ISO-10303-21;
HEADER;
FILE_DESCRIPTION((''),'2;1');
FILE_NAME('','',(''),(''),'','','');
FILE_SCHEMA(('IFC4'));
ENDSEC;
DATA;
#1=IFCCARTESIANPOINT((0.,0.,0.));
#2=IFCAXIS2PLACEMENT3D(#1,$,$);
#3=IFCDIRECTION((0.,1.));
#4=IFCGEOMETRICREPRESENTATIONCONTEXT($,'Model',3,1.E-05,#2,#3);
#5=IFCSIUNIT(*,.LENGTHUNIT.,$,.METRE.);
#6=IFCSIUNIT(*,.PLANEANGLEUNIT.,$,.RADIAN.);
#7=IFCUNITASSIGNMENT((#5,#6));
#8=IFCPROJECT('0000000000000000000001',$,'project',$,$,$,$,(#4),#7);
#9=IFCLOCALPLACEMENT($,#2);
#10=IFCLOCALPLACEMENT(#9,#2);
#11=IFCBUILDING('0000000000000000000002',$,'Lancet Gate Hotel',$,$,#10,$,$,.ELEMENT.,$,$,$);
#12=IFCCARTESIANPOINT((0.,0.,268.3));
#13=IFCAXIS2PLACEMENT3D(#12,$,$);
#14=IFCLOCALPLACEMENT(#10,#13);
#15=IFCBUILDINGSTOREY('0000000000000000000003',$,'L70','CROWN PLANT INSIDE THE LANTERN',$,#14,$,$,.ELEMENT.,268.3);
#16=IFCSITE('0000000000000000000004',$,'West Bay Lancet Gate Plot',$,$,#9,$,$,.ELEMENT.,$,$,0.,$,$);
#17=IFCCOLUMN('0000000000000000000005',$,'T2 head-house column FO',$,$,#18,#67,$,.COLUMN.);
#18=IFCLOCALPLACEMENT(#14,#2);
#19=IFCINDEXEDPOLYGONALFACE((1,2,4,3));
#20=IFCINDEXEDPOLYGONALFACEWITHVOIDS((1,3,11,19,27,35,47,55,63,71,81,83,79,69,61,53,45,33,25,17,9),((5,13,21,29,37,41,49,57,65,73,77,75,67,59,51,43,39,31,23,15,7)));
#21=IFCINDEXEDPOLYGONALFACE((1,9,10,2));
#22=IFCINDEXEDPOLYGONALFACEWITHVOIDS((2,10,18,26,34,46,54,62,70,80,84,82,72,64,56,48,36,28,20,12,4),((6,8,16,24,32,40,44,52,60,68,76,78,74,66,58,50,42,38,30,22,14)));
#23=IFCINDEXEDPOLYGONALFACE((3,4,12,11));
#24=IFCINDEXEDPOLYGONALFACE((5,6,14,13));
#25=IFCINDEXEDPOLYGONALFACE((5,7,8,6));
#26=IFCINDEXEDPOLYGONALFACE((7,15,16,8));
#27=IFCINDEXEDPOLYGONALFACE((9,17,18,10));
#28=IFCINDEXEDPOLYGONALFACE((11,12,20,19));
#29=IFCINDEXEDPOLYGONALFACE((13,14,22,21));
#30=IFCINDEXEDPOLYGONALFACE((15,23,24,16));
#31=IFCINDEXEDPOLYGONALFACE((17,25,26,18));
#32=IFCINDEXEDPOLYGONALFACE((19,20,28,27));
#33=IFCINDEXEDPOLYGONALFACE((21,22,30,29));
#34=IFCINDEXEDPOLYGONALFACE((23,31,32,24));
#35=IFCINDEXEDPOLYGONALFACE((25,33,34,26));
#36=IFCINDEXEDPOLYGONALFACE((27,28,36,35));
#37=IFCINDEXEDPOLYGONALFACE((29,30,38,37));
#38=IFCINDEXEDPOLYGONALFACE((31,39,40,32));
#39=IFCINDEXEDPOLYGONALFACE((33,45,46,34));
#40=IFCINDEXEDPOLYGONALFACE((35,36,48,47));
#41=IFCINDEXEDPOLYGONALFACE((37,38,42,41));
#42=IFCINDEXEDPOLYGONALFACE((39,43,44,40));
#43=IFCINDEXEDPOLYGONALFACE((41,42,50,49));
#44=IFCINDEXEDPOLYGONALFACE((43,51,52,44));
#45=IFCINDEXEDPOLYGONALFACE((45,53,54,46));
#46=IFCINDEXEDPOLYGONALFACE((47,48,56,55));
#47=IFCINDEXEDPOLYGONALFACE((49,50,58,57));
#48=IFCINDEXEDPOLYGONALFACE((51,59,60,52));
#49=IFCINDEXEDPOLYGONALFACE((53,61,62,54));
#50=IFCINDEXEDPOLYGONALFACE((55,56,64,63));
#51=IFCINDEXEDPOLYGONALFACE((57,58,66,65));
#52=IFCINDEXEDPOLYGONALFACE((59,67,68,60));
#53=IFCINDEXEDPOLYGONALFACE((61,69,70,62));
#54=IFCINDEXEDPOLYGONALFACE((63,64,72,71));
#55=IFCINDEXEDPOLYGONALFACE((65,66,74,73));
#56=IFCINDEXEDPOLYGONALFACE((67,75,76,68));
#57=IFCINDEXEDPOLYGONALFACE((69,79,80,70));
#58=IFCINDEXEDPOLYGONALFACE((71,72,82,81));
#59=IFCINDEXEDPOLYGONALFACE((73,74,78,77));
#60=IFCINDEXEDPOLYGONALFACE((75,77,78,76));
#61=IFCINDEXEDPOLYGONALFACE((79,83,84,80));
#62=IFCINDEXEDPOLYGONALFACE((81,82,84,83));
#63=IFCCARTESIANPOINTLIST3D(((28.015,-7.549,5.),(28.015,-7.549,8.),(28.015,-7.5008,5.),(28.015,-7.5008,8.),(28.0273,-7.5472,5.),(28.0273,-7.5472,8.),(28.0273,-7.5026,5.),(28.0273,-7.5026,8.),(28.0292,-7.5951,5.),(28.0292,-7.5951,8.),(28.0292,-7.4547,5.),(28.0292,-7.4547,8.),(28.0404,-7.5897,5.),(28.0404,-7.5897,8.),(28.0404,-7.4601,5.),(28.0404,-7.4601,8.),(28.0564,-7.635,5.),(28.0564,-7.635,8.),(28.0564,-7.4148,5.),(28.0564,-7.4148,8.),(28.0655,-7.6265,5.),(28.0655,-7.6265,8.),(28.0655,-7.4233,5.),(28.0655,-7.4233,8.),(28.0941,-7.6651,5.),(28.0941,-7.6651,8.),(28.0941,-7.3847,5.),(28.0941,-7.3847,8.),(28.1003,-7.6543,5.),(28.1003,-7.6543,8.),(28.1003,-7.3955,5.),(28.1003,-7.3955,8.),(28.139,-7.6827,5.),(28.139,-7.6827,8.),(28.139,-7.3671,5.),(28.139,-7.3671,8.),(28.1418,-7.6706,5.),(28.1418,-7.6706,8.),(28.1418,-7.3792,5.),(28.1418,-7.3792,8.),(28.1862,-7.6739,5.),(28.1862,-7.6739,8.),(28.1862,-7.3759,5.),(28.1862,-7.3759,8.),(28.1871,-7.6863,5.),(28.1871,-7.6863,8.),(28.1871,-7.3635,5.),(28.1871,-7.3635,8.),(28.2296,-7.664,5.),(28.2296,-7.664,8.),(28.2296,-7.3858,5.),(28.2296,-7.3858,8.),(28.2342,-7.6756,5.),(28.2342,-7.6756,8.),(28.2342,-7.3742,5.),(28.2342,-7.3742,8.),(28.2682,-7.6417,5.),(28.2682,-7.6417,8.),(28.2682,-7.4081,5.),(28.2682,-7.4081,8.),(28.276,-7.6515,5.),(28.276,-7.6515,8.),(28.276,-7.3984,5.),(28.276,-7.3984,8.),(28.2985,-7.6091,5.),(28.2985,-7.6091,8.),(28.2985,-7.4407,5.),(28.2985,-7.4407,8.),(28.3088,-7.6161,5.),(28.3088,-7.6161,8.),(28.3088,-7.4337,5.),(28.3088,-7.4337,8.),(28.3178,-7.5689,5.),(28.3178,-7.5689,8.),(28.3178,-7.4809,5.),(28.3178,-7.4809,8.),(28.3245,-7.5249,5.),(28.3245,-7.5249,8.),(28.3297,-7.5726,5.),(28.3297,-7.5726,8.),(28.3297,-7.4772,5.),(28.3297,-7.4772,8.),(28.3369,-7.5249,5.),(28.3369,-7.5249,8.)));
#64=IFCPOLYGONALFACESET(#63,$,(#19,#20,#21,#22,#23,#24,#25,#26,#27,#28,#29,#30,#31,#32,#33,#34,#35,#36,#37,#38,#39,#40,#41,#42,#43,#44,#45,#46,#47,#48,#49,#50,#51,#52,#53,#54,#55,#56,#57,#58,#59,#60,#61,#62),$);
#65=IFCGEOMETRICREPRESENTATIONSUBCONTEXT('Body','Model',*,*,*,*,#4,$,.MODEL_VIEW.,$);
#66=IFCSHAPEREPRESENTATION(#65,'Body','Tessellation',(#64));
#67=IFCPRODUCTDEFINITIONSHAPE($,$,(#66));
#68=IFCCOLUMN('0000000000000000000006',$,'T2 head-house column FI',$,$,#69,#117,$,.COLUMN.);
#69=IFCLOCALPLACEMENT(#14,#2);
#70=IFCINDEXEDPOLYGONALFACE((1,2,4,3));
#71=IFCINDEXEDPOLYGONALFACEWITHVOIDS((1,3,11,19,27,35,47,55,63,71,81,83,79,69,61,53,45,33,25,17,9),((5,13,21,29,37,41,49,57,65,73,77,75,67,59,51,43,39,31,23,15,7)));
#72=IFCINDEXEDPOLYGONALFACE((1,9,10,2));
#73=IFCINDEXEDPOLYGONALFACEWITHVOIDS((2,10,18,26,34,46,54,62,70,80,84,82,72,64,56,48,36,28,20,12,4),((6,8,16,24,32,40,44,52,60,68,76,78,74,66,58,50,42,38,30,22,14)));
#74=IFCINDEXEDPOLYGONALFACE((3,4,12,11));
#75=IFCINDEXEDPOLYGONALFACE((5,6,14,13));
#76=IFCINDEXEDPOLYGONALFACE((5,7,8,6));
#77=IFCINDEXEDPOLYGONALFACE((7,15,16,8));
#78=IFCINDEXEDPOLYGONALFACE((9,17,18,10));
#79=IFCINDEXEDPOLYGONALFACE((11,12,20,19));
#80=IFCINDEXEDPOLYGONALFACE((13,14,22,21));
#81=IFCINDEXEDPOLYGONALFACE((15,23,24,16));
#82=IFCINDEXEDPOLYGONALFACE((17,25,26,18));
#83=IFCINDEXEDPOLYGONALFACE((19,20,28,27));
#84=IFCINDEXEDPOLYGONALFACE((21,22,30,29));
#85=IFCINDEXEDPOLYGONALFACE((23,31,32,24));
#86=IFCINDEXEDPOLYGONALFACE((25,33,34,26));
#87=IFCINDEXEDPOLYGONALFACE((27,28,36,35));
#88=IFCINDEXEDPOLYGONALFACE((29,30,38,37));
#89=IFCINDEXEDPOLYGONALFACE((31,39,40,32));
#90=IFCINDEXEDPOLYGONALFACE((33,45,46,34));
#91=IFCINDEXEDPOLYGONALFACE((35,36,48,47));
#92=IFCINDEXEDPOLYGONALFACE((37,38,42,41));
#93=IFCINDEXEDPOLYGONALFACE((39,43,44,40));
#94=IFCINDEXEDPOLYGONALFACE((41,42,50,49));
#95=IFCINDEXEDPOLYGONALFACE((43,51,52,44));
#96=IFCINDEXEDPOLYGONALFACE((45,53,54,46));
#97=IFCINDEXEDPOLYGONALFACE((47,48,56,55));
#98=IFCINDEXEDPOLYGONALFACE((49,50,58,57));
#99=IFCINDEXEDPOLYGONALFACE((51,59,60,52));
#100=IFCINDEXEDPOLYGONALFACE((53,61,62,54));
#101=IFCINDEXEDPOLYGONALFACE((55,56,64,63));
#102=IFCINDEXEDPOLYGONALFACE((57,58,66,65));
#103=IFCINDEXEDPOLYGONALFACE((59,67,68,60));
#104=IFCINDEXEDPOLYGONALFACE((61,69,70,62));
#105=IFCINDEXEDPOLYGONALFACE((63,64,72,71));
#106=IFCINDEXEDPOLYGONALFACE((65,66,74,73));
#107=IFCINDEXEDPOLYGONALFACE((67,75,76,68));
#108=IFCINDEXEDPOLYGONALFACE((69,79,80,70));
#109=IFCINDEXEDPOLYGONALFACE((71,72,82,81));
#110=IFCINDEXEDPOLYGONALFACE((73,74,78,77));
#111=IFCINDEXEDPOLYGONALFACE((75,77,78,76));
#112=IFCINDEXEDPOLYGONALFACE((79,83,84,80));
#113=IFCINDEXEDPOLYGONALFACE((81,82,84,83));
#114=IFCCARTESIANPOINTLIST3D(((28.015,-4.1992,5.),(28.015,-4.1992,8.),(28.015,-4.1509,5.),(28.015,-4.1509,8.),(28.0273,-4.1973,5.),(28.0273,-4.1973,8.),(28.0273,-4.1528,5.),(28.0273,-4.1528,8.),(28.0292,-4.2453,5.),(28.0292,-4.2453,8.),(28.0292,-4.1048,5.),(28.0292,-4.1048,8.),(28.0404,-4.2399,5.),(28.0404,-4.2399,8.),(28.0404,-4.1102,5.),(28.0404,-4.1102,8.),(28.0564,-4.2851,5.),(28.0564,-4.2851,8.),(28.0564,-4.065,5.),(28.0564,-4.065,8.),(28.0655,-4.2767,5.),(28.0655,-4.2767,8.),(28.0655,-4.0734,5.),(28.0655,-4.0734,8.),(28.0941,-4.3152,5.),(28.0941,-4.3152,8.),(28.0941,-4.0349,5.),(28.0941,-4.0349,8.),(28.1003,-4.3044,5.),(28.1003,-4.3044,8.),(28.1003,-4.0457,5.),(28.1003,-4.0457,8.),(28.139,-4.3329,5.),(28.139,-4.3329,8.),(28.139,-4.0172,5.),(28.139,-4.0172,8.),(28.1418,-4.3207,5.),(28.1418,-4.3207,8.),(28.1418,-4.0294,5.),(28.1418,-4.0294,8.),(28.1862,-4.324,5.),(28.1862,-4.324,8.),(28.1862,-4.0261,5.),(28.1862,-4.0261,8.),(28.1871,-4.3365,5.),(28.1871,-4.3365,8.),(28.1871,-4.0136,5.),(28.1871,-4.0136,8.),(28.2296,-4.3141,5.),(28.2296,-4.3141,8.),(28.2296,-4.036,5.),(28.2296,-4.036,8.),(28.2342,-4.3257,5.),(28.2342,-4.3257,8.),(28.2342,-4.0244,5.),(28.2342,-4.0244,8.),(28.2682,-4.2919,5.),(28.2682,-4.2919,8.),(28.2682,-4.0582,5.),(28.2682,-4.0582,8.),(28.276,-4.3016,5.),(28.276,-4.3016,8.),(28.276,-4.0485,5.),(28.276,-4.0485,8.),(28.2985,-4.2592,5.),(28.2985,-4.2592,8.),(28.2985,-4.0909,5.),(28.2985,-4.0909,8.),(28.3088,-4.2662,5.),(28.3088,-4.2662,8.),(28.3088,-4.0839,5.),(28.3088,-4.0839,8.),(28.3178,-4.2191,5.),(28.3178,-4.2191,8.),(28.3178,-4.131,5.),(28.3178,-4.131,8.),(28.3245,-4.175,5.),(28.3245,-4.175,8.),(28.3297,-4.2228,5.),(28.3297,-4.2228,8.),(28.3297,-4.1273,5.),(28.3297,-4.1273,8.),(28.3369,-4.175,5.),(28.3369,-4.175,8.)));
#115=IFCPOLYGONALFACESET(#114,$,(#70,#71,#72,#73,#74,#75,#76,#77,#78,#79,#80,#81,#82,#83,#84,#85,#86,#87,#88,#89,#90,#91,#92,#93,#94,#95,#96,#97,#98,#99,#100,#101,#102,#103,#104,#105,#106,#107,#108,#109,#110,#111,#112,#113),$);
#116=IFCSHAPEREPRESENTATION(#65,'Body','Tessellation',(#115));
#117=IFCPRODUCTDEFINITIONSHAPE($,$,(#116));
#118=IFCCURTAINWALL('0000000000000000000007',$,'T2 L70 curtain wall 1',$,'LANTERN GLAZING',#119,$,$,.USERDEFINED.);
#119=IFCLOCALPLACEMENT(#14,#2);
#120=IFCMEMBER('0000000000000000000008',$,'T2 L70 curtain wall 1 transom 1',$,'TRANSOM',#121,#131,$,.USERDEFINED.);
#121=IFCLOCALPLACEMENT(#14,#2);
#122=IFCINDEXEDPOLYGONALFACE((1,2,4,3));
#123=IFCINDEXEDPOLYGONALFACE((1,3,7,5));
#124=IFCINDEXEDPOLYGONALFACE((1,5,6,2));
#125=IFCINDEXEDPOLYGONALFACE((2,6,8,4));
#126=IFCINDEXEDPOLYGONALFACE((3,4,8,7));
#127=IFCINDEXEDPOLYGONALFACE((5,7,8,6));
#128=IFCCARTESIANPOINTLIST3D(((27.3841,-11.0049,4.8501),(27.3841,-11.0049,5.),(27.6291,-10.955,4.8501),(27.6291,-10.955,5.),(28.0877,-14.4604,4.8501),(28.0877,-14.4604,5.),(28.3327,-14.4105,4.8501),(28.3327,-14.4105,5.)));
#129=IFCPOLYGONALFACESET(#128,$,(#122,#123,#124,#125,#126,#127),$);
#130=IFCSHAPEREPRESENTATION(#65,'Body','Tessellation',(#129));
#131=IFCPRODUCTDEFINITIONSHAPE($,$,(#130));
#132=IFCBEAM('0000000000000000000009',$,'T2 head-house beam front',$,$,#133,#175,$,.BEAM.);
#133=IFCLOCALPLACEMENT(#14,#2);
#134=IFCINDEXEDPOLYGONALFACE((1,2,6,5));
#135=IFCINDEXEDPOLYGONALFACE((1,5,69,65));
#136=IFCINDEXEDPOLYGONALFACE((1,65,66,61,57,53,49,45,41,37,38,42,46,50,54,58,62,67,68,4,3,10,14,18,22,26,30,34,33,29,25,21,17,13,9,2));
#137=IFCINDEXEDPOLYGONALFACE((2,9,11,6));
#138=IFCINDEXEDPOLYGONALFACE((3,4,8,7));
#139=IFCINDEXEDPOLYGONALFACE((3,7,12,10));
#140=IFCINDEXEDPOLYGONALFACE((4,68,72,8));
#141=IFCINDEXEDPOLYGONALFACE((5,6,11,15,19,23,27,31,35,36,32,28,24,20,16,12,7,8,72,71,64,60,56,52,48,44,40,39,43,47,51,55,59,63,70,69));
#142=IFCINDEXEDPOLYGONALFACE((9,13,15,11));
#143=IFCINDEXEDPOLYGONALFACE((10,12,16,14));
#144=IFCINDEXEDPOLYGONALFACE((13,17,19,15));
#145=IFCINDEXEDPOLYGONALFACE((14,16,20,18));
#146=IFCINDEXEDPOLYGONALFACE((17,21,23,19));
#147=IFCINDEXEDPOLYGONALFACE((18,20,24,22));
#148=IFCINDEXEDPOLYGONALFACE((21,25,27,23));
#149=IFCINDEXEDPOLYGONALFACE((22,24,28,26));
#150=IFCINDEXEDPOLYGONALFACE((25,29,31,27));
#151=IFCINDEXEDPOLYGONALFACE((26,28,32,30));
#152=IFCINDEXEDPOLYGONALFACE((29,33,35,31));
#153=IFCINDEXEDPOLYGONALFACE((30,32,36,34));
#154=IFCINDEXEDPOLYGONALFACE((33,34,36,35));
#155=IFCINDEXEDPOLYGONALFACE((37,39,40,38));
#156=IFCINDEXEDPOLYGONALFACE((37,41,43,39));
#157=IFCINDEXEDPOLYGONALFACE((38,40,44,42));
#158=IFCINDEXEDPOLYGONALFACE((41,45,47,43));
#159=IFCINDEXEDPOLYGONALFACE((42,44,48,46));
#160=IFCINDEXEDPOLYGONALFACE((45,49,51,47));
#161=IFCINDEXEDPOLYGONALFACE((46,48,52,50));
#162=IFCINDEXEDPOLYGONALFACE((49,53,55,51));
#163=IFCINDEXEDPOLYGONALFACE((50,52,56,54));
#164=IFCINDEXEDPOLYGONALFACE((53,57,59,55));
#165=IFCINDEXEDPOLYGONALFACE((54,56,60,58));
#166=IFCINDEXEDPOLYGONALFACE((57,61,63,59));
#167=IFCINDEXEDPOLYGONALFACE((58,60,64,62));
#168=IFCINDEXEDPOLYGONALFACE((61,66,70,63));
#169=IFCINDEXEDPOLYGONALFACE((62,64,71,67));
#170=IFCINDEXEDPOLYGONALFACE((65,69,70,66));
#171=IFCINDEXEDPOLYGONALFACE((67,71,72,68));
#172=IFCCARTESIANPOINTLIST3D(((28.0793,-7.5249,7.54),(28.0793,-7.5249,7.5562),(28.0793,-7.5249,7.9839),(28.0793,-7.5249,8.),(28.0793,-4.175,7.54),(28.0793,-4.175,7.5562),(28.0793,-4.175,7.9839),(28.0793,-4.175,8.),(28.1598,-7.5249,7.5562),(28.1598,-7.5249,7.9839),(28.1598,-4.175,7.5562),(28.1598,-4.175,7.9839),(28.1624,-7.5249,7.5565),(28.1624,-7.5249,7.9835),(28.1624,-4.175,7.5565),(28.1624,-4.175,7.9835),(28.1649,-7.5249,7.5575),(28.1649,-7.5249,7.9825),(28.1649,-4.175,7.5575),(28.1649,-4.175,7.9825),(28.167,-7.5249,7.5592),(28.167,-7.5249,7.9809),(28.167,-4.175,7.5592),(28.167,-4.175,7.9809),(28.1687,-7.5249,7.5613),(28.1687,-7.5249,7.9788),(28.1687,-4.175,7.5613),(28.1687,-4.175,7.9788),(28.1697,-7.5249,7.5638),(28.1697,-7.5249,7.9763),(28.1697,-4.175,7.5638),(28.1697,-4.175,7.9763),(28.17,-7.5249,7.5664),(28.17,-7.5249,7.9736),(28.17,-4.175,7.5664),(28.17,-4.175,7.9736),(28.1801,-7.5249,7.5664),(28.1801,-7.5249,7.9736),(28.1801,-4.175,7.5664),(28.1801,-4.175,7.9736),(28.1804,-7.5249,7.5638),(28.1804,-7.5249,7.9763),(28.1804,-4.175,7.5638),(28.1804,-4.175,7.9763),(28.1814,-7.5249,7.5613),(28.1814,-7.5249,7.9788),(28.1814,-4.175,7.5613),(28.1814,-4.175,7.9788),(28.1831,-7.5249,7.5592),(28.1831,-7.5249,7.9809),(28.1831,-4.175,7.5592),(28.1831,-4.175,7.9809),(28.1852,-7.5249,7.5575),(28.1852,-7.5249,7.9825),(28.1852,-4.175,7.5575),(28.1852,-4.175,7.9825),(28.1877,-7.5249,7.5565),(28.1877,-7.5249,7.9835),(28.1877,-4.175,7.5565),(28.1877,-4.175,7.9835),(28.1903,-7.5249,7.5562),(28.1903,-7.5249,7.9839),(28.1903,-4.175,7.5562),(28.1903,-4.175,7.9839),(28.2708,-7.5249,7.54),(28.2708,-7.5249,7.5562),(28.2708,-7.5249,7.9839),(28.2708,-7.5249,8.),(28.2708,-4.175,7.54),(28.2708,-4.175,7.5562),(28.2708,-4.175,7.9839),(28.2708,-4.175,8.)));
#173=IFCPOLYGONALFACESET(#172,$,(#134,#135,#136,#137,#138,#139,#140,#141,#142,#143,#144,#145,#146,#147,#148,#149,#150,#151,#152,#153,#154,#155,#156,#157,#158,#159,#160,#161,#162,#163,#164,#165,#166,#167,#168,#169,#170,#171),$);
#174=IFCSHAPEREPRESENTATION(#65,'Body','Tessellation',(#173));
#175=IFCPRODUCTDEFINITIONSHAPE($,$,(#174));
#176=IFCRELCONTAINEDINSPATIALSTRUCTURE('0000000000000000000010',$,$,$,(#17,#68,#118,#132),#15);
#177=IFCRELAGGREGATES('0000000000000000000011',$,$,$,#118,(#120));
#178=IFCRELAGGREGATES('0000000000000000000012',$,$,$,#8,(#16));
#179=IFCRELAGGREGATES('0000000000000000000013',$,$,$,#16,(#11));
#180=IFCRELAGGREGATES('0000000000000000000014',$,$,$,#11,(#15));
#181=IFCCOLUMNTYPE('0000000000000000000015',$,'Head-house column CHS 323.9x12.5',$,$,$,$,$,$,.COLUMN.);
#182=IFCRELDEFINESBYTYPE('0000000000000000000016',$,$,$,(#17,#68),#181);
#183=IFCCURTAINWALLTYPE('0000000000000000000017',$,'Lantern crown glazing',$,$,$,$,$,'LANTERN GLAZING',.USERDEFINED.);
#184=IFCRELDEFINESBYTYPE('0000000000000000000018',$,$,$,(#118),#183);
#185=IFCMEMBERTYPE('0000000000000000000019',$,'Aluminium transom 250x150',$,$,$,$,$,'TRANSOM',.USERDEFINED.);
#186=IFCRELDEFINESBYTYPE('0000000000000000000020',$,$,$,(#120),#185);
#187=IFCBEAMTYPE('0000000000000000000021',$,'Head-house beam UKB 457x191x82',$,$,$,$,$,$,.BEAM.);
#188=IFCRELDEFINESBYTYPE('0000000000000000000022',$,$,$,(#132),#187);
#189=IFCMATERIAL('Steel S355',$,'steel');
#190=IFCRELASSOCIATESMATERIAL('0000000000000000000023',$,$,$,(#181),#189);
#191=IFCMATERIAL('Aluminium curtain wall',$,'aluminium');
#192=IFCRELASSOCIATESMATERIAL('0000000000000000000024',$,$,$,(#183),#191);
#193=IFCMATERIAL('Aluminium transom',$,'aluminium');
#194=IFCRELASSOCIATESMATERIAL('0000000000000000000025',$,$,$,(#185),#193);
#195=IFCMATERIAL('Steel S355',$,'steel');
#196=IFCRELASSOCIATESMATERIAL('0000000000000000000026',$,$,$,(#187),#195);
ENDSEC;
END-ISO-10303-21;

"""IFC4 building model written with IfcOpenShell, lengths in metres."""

from ifc_helpers import new_model, si_unit, direction, frame, origin, origin_2d, place, context, subcontext, project, spatial, rectangle, hollow_circle, i_section, extrude, material, material_profile, profile_set, type_object, element, aggregate, save


model = new_model("IFC4")

# Units and contexts
model_context = context("Model", 3, precision=1e-05, world=origin(), true_north=direction((0.0, 1.0)))
body_context = subcontext(model_context, "Body", "Model", "MODEL_VIEW")
ifc_project = project(units=[si_unit("LENGTHUNIT", "METRE"), si_unit("PLANEANGLEUNIT", "RADIAN")], contexts=[model_context])

# Site, building, storey
site_placement = place(None, origin())
site = spatial("IfcSite", under=ifc_project, at=site_placement, Name="West Bay Lancet Gate Plot", CompositionType="ELEMENT", RefElevation=0.0)
building_placement = place(site_placement, origin())
building = spatial("IfcBuilding", under=site, at=building_placement, Name="Lancet Gate Hotel", CompositionType="ELEMENT")
storey_placement = place(building_placement, frame((0.0, 0.0, 268.3)))
storey = spatial("IfcBuildingStorey", under=building, at=storey_placement, Name="L70", Description="CROWN PLANT INSIDE THE LANTERN", CompositionType="ELEMENT", Elevation=268.3)

# Columns
ifc_material_1 = material(Name="Steel S355", Category="steel")
ifc_material_profile_1 = material_profile(ifc_material_1, hollow_circle(Radius=0.1619, WallThickness=0.0125, at=origin_2d()), Name="CHS 323.9x12.5")
ifc_profile_set_1 = profile_set([ifc_material_profile_1], Name="Steel S355")
column_type = type_object("IfcColumnType", Name="Head-house column CHS 323.9x12.5", PredefinedType="COLUMN", material=ifc_profile_set_1)
for number, where, z_axis, x_axis, name in (
    (1, (28.175, -7.5249, 5.0), (0.0, 0.0, 1.0), (1.0, 0.0, 0.0), "T2 head-house column FO"),
    (2, (28.175, -4.175, 5.0), (0.0, 0.0, 1.0), (1.0, 0.0, 0.0), "T2 head-house column FI"),
):
    element("IfcColumn", number, at=place(storey_placement, frame(where, z_axis=z_axis, x_axis=x_axis)), inside=storey, type_object=column_type, Name=name, PredefinedType="COLUMN", context=body_context, shape_type="SweptSolid", body=[
        extrude(hollow_circle(Radius=0.1619, WallThickness=0.0125, at=origin_2d()), origin(), (0.0, 0.0, 1.0), 3.0),
    ])

# Curtain wall, member
ifc_material_2 = material(Name="Aluminium curtain wall", Category="aluminium")
curtain_wall_type_1 = type_object("IfcCurtainWallType", Name="Lantern crown glazing", ElementType="LANTERN GLAZING", PredefinedType="USERDEFINED", material=ifc_material_2)
curtain_wall_1_placement = place(storey_placement, origin())
curtain_wall_1 = element("IfcCurtainWall", 3, at=curtain_wall_1_placement, inside=storey, type_object=curtain_wall_type_1, Name="T2 L70 curtain wall 1", ObjectType="LANTERN GLAZING", PredefinedType="USERDEFINED")
ifc_material_3 = material(Name="Aluminium transom", Category="aluminium")
ifc_material_profile_2 = material_profile(ifc_material_3, rectangle(XDim=0.25, YDim=0.1499, at=origin_2d()), Name="TRANSOM 250x150")
ifc_profile_set_2 = profile_set([ifc_material_profile_2], Name="Aluminium transom")
member_type_1 = type_object("IfcMemberType", Name="Aluminium transom 250x150", ElementType="TRANSOM", PredefinedType="USERDEFINED", material=ifc_profile_set_2)
member_1_placement = place(storey_placement, frame((27.5066, -10.98, 4.925), z_axis=(0.199523, -0.979893, 0.0), x_axis=(0.979893, 0.199523, 0.0)))
member_1 = element("IfcMember", 4, at=member_1_placement, type_object=member_type_1, Name="T2 L70 curtain wall 1 transom 1", ObjectType="TRANSOM", PredefinedType="USERDEFINED", context=body_context, shape_type="SweptSolid", body=[
    extrude(rectangle(XDim=0.25, YDim=0.1499, at=origin_2d()), origin(), (0.0, 0.0, 1.0), 3.5264),
])
aggregate(curtain_wall_1, [member_1])

# Beam
ifc_material_4 = material(Name="Steel S355", Category="steel")
ifc_material_profile_3 = material_profile(ifc_material_4, i_section(OverallWidth=0.1914, OverallDepth=0.46, WebThickness=0.01, FlangeThickness=0.0161, FilletRadius=0.0103, at=origin_2d()), Name="UKB 457x191x82")
ifc_profile_set_3 = profile_set([ifc_material_profile_3], Name="Steel S355")
beam_type_1 = type_object("IfcBeamType", Name="Head-house beam UKB 457x191x82", PredefinedType="BEAM", material=ifc_profile_set_3)
beam_1_placement = place(storey_placement, frame((28.175, -7.5249, 7.77), z_axis=(0.0, 1.0, 0.0), x_axis=(-1.0, 0.0, 0.0)))
element("IfcBeam", 5, at=beam_1_placement, inside=storey, type_object=beam_type_1, Name="T2 head-house beam front", PredefinedType="BEAM", context=body_context, shape_type="SweptSolid", body=[
    extrude(i_section(OverallWidth=0.1914, OverallDepth=0.46, WebThickness=0.01, FlangeThickness=0.0161, FilletRadius=0.0103, at=origin_2d()), origin(), (0.0, 0.0, 1.0), 3.3499),
])

save(model, "model.ifc")
